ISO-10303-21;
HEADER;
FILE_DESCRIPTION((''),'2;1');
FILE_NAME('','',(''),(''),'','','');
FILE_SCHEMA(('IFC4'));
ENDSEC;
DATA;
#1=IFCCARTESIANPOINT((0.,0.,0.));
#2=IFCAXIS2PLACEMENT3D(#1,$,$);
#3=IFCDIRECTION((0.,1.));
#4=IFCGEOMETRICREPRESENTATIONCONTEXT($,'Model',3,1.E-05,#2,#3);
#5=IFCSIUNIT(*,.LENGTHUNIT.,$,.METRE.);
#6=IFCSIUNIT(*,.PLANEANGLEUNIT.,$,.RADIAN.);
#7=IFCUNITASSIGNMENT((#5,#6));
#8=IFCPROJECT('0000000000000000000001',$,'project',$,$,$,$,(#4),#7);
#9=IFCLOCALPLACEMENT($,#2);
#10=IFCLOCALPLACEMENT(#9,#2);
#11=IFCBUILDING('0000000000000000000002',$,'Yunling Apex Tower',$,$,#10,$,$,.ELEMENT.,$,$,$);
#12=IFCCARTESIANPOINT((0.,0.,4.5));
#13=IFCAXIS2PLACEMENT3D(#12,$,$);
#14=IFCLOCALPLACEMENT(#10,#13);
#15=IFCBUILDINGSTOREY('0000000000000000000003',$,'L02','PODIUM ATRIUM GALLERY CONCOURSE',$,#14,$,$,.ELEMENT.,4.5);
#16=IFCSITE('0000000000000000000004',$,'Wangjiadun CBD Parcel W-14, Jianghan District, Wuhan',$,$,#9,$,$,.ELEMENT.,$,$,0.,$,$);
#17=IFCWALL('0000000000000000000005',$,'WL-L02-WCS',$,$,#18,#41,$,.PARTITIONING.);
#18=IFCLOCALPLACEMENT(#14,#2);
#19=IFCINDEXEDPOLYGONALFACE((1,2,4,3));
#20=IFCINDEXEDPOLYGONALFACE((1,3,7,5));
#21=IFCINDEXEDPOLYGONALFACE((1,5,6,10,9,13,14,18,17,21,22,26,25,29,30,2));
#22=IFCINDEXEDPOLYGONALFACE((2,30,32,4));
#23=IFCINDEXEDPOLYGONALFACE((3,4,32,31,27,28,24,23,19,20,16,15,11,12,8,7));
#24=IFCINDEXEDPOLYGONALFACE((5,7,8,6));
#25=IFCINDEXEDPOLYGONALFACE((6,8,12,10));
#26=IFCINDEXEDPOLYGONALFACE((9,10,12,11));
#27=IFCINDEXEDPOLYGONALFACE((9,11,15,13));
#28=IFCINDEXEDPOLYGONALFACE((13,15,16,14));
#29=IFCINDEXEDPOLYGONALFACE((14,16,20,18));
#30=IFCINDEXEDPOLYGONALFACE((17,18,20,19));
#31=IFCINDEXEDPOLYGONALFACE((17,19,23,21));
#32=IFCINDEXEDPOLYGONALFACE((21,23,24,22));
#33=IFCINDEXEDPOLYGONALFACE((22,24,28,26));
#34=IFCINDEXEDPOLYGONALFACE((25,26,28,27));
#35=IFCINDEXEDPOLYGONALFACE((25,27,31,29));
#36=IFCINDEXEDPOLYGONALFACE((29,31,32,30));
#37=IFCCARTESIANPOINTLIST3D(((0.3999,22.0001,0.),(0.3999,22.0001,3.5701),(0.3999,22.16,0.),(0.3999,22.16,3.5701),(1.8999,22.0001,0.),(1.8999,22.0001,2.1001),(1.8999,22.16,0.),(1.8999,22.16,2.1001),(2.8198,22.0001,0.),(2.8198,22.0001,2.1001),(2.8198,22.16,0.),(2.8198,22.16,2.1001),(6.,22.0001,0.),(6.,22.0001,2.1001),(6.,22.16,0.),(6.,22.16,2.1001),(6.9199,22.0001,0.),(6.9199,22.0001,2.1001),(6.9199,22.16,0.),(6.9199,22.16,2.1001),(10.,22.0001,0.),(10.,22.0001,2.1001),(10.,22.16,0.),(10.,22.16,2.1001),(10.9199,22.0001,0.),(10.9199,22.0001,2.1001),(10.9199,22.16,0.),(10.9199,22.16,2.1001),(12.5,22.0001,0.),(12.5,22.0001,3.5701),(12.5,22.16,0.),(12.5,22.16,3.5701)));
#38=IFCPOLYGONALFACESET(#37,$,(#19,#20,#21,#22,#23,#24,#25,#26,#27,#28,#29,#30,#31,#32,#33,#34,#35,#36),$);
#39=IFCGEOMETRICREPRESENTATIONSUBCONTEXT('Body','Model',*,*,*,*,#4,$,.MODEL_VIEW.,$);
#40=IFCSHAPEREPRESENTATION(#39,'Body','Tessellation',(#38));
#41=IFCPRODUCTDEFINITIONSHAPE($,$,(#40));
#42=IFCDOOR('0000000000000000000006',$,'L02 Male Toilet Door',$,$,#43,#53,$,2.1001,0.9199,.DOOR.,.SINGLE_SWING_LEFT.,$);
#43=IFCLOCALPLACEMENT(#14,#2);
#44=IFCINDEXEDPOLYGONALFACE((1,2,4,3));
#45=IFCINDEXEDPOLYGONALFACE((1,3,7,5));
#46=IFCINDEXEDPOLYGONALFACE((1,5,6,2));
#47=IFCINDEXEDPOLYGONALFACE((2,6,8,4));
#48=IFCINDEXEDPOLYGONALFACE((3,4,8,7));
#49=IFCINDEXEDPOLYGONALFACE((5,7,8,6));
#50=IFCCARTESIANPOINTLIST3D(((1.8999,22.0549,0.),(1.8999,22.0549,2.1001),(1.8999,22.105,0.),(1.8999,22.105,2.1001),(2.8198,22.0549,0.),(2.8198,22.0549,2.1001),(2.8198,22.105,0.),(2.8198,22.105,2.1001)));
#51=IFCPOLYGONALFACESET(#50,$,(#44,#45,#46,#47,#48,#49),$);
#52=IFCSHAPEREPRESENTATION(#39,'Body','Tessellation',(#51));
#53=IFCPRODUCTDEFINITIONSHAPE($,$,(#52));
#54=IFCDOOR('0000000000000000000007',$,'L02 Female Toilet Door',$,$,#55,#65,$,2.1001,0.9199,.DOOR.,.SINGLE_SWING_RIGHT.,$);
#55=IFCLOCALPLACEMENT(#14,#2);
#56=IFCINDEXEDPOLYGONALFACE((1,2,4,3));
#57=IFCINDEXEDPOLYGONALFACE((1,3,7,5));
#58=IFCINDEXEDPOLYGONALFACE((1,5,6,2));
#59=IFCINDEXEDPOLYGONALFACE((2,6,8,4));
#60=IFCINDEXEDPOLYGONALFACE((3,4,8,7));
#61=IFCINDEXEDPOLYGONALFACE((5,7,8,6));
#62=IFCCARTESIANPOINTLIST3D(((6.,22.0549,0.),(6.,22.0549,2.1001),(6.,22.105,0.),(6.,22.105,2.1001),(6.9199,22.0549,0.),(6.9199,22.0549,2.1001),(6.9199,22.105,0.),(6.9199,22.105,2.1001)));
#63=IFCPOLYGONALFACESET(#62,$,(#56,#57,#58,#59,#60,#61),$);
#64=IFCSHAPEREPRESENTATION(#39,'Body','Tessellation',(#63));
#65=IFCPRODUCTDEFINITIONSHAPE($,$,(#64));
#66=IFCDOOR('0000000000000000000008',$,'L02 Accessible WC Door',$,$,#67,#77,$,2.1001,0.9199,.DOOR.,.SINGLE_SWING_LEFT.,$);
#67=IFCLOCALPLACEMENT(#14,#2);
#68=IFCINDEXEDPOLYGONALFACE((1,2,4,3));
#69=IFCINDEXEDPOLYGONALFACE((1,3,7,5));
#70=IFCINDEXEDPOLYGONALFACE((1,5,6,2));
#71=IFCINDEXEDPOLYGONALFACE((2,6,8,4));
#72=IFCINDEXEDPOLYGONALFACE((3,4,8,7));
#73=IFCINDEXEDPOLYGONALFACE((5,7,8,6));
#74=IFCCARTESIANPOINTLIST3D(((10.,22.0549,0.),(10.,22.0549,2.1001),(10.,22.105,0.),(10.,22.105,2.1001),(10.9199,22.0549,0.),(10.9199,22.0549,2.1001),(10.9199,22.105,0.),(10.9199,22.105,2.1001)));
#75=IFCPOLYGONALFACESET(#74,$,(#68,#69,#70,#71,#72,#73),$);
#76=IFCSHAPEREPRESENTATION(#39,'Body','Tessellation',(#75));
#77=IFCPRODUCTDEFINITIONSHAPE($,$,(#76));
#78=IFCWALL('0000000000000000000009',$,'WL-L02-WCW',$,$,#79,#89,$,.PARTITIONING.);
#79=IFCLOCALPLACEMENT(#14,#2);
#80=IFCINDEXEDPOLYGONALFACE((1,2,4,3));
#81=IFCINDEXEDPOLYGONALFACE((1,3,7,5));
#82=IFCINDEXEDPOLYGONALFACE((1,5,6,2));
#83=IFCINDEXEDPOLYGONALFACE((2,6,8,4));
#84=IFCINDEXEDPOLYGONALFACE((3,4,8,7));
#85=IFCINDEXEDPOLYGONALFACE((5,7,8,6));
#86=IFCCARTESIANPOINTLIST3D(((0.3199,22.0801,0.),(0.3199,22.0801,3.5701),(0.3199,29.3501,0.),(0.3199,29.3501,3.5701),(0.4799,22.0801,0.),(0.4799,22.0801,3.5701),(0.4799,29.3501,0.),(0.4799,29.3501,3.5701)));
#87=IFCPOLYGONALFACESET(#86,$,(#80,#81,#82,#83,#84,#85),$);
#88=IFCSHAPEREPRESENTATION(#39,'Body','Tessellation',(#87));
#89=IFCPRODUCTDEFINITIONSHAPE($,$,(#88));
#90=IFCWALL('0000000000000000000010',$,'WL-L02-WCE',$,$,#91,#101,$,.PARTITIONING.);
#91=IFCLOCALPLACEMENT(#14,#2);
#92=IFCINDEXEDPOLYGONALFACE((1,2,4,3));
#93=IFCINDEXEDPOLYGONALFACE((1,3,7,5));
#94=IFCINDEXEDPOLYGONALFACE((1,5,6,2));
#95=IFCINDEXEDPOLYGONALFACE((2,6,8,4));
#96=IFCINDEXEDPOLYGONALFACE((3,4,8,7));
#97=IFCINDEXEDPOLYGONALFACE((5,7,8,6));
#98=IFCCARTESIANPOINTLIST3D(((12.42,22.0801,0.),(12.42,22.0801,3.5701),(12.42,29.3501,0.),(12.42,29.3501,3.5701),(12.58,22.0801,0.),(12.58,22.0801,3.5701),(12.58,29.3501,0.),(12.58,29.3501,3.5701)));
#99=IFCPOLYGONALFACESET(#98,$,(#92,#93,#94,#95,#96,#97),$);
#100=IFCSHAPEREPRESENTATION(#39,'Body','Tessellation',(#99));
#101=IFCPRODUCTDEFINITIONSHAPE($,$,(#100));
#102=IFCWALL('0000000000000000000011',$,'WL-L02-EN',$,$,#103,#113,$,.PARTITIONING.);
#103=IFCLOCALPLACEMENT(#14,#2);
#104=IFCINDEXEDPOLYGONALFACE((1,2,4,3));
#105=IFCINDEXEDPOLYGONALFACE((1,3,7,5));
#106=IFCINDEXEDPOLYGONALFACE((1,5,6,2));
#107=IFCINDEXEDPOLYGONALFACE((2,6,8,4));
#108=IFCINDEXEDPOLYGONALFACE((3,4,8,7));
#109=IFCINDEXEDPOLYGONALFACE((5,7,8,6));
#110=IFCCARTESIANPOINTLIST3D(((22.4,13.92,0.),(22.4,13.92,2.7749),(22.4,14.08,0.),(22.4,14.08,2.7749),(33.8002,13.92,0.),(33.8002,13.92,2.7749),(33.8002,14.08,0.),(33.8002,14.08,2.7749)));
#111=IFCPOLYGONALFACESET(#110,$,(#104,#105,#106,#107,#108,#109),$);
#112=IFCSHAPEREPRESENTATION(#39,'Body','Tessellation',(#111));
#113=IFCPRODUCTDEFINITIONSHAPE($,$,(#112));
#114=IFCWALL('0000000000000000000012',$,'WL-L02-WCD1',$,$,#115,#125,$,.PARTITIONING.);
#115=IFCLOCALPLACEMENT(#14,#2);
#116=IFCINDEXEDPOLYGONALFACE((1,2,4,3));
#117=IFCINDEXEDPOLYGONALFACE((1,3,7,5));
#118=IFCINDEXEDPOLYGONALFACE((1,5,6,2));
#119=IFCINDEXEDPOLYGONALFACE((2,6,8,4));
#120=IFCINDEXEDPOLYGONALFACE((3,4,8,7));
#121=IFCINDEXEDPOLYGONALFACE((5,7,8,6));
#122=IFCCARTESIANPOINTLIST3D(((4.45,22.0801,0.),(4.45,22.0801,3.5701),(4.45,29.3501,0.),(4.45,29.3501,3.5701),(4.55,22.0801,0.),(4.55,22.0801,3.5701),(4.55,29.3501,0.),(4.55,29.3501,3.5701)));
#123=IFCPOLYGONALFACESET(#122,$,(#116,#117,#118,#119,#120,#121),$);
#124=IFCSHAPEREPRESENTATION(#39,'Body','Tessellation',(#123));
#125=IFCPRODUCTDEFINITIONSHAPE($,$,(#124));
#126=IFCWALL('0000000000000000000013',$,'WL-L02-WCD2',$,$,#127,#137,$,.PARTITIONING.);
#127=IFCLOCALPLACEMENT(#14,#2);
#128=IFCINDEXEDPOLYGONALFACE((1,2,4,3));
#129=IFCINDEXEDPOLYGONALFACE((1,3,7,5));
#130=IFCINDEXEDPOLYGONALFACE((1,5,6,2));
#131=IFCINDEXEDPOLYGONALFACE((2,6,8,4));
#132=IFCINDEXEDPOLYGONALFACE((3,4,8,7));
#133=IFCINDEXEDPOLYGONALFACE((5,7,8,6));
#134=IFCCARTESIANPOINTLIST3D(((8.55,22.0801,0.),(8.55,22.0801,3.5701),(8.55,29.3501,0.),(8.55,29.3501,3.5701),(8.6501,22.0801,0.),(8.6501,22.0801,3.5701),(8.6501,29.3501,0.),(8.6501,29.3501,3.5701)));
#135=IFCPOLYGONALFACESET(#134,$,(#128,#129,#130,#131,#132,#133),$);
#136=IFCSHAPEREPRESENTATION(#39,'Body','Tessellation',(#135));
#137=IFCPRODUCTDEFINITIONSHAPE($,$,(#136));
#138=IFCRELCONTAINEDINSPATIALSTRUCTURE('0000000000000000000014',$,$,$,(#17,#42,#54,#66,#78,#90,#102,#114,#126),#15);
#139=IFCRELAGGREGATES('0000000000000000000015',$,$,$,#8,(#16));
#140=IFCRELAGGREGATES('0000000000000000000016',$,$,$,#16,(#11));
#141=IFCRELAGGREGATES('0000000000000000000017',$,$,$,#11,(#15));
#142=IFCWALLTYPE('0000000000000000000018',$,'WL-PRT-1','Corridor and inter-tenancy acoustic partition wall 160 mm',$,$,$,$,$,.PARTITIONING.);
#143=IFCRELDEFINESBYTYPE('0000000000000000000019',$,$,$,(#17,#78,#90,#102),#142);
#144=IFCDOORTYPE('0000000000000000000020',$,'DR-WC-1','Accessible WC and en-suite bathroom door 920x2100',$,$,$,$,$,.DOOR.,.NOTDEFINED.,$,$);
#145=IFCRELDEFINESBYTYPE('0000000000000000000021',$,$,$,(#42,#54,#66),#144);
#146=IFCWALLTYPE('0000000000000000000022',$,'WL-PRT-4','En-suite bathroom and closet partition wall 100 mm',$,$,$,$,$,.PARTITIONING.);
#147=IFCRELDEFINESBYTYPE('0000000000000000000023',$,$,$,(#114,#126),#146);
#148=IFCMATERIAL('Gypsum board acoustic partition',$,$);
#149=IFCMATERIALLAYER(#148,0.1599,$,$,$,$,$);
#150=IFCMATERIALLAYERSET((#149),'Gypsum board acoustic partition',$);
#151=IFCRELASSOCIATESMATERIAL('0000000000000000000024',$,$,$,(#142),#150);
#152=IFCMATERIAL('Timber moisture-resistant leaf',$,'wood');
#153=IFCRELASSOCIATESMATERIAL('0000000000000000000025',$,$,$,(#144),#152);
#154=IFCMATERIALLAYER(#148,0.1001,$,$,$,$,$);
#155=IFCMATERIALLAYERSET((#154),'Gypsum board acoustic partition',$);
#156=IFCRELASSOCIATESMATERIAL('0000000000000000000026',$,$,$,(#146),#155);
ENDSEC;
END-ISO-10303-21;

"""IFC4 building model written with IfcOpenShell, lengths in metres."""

from ifc_helpers import new_model, si_unit, direction, frame, frame_2d, origin, place, context, subcontext, project, spatial, rectangle, extrude, material, layer, layer_set, type_object, element, fill, save


model = new_model("IFC4")

# Units and contexts
model_context = context("Model", 3, precision=1e-05, world=origin(), true_north=direction((0.0, 1.0)))
body_context = subcontext(model_context, "Body", "Model", "MODEL_VIEW")
ifc_project = project(units=[si_unit("LENGTHUNIT", "METRE"), si_unit("PLANEANGLEUNIT", "RADIAN")], contexts=[model_context])

# Site, building, storey
site_placement = place(None, origin())
site = spatial("IfcSite", under=ifc_project, at=site_placement, Name="Wangjiadun CBD Parcel W-14, Jianghan District, Wuhan", CompositionType="ELEMENT", RefElevation=0.0)
building_placement = place(site_placement, origin())
building = spatial("IfcBuilding", under=site, at=building_placement, Name="Yunling Apex Tower", CompositionType="ELEMENT")
storey_placement = place(building_placement, frame((0.0, 0.0, 4.5)))
storey = spatial("IfcBuildingStorey", under=building, at=storey_placement, Name="L02", Description="PODIUM ATRIUM GALLERY CONCOURSE", CompositionType="ELEMENT", Elevation=4.5)

# Wall, openings, doors
ifc_material_1 = material(Name="Gypsum board acoustic partition")
ifc_layer_1 = layer(ifc_material_1, 0.1599)
ifc_layer_set_1 = layer_set([ifc_layer_1], Name="Gypsum board acoustic partition")
wall_type_1 = type_object("IfcWallType", Name="WL-PRT-1", Description="Corridor and inter-tenancy acoustic partition wall 160 mm", PredefinedType="PARTITIONING", material=ifc_layer_set_1)
wall_1_placement = place(storey_placement, frame((0.3999, 22.0801, 0.0), z_axis=(0.0, 0.0, 1.0), x_axis=(1.0, 0.0, 0.0)))
wall_1 = element("IfcWall", 1, at=wall_1_placement, inside=storey, type_object=wall_type_1, Name="WL-L02-WCS", PredefinedType="PARTITIONING", context=body_context, shape_type="SweptSolid", body=[
    extrude(rectangle(XDim=12.1001, YDim=0.1599, at=frame_2d((6.05, 0.0))), origin(), (0.0, 0.0, 1.0), 3.5701),
])
opening_1_placement = place(wall_1_placement, frame((1.5, 0.0, 0.0)))
opening_1 = element("IfcOpeningElement", 2, at=opening_1_placement, cuts=wall_1, PredefinedType="OPENING", context=body_context, shape_type="SweptSolid", body=[
    extrude(rectangle(XDim=0.9199, YDim=2.1001, at=frame_2d((0.46, 1.05))), frame((0.0, 0.0898, 0.0), z_axis=(0.0, -1.0, 0.0), x_axis=(1.0, 0.0, 0.0)), (0.0, 0.0, 1.0), 0.1799),
])
opening_2_placement = place(wall_1_placement, frame((5.6001, 0.0, 0.0)))
opening_2 = element("IfcOpeningElement", 3, at=opening_2_placement, cuts=wall_1, PredefinedType="OPENING", context=body_context, shape_type="SweptSolid", body=[
    extrude(rectangle(XDim=0.9199, YDim=2.1001, at=frame_2d((0.46, 1.05))), frame((0.0, 0.0898, 0.0), z_axis=(0.0, -1.0, 0.0), x_axis=(1.0, 0.0, 0.0)), (0.0, 0.0, 1.0), 0.1799),
])
opening_3_placement = place(wall_1_placement, frame((9.6001, 0.0, 0.0)))
opening_3 = element("IfcOpeningElement", 4, at=opening_3_placement, cuts=wall_1, PredefinedType="OPENING", context=body_context, shape_type="SweptSolid", body=[
    extrude(rectangle(XDim=0.9199, YDim=2.1001, at=frame_2d((0.46, 1.05))), frame((0.0, 0.0898, 0.0), z_axis=(0.0, -1.0, 0.0), x_axis=(1.0, 0.0, 0.0)), (0.0, 0.0, 1.0), 0.1799),
])
ifc_material_2 = material(Name="Timber moisture-resistant leaf", Category="wood")
door_type = type_object("IfcDoorType", Name="DR-WC-1", Description="Accessible WC and en-suite bathroom door 920x2100", OperationType="NOTDEFINED", PredefinedType="DOOR", material=ifc_material_2)
door_1_placement = place(opening_1_placement, origin())
door_1 = element("IfcDoor", 5, at=door_1_placement, inside=storey, type_object=door_type, Name="L02 Male Toilet Door", OperationType="SINGLE_SWING_LEFT", OverallHeight=2.1001, OverallWidth=0.9199, PredefinedType="DOOR", context=body_context, shape_type="SweptSolid", body=[
    extrude(rectangle(XDim=0.9199, YDim=2.1001, at=frame_2d((0.46, 1.05))), frame((0.0, 0.0249, 0.0), z_axis=(0.0, -1.0, 0.0), x_axis=(1.0, 0.0, 0.0)), (0.0, 0.0, 1.0), 0.05),
])
fill(opening_1, door_1)
door_2_placement = place(opening_2_placement, origin())
door_2 = element("IfcDoor", 6, at=door_2_placement, inside=storey, type_object=door_type, Name="L02 Female Toilet Door", OperationType="SINGLE_SWING_RIGHT", OverallHeight=2.1001, OverallWidth=0.9199, PredefinedType="DOOR", context=body_context, shape_type="SweptSolid", body=[
    extrude(rectangle(XDim=0.9199, YDim=2.1001, at=frame_2d((0.46, 1.05))), frame((0.0, 0.0249, 0.0), z_axis=(0.0, -1.0, 0.0), x_axis=(1.0, 0.0, 0.0)), (0.0, 0.0, 1.0), 0.05),
])
fill(opening_2, door_2)
door_3_placement = place(opening_3_placement, origin())
door_3 = element("IfcDoor", 7, at=door_3_placement, inside=storey, type_object=door_type, Name="L02 Accessible WC Door", OperationType="SINGLE_SWING_LEFT", OverallHeight=2.1001, OverallWidth=0.9199, PredefinedType="DOOR", context=body_context, shape_type="SweptSolid", body=[
    extrude(rectangle(XDim=0.9199, YDim=2.1001, at=frame_2d((0.46, 1.05))), frame((0.0, 0.0249, 0.0), z_axis=(0.0, -1.0, 0.0), x_axis=(1.0, 0.0, 0.0)), (0.0, 0.0, 1.0), 0.05),
])
fill(opening_3, door_3)

# Walls
for number, where, z_axis, x_axis, name in (
    (8, (0.3999, 22.0801, 0.0), (0.0, 0.0, 1.0), (0.0, 1.0, 0.0), "WL-L02-WCW"),
    (9, (12.5, 22.0801, 0.0), (0.0, 0.0, 1.0), (0.0, 1.0, 0.0), "WL-L02-WCE"),
):
    element("IfcWall", number, at=place(storey_placement, frame(where, z_axis=z_axis, x_axis=x_axis)), inside=storey, type_object=wall_type_1, Name=name, PredefinedType="PARTITIONING", context=body_context, shape_type="SweptSolid", body=[
        extrude(rectangle(XDim=7.27, YDim=0.1599, at=frame_2d((3.635, 0.0))), origin(), (0.0, 0.0, 1.0), 3.5701),
    ])
wall_2_placement = place(storey_placement, frame((22.3999, 14.0, 0.0), z_axis=(0.0, 0.0, 1.0), x_axis=(1.0, 0.0, 0.0)))
element("IfcWall", 10, at=wall_2_placement, inside=storey, type_object=wall_type_1, Name="WL-L02-EN", PredefinedType="PARTITIONING", context=body_context, shape_type="SweptSolid", body=[
    extrude(rectangle(XDim=11.4001, YDim=0.1599, at=frame_2d((5.7002, 0.0))), origin(), (0.0, 0.0, 1.0), 2.7749),
])
ifc_layer_2 = layer(ifc_material_1, 0.1001)
ifc_layer_set_2 = layer_set([ifc_layer_2], Name="Gypsum board acoustic partition")
wall_type_2 = type_object("IfcWallType", Name="WL-PRT-4", Description="En-suite bathroom and closet partition wall 100 mm", PredefinedType="PARTITIONING", material=ifc_layer_set_2)
for number, where, z_axis, x_axis, name in (
    (11, (4.5, 22.0801, 0.0), (0.0, 0.0, 1.0), (0.0, 1.0, 0.0), "WL-L02-WCD1"),
    (12, (8.6001, 22.0801, 0.0), (0.0, 0.0, 1.0), (0.0, 1.0, 0.0), "WL-L02-WCD2"),
):
    element("IfcWall", number, at=place(storey_placement, frame(where, z_axis=z_axis, x_axis=x_axis)), inside=storey, type_object=wall_type_2, Name=name, PredefinedType="PARTITIONING", context=body_context, shape_type="SweptSolid", body=[
        extrude(rectangle(XDim=7.27, YDim=0.1001, at=frame_2d((3.635, 0.0))), origin(), (0.0, 0.0, 1.0), 3.5701),
    ])

save(model, "model.ifc")
